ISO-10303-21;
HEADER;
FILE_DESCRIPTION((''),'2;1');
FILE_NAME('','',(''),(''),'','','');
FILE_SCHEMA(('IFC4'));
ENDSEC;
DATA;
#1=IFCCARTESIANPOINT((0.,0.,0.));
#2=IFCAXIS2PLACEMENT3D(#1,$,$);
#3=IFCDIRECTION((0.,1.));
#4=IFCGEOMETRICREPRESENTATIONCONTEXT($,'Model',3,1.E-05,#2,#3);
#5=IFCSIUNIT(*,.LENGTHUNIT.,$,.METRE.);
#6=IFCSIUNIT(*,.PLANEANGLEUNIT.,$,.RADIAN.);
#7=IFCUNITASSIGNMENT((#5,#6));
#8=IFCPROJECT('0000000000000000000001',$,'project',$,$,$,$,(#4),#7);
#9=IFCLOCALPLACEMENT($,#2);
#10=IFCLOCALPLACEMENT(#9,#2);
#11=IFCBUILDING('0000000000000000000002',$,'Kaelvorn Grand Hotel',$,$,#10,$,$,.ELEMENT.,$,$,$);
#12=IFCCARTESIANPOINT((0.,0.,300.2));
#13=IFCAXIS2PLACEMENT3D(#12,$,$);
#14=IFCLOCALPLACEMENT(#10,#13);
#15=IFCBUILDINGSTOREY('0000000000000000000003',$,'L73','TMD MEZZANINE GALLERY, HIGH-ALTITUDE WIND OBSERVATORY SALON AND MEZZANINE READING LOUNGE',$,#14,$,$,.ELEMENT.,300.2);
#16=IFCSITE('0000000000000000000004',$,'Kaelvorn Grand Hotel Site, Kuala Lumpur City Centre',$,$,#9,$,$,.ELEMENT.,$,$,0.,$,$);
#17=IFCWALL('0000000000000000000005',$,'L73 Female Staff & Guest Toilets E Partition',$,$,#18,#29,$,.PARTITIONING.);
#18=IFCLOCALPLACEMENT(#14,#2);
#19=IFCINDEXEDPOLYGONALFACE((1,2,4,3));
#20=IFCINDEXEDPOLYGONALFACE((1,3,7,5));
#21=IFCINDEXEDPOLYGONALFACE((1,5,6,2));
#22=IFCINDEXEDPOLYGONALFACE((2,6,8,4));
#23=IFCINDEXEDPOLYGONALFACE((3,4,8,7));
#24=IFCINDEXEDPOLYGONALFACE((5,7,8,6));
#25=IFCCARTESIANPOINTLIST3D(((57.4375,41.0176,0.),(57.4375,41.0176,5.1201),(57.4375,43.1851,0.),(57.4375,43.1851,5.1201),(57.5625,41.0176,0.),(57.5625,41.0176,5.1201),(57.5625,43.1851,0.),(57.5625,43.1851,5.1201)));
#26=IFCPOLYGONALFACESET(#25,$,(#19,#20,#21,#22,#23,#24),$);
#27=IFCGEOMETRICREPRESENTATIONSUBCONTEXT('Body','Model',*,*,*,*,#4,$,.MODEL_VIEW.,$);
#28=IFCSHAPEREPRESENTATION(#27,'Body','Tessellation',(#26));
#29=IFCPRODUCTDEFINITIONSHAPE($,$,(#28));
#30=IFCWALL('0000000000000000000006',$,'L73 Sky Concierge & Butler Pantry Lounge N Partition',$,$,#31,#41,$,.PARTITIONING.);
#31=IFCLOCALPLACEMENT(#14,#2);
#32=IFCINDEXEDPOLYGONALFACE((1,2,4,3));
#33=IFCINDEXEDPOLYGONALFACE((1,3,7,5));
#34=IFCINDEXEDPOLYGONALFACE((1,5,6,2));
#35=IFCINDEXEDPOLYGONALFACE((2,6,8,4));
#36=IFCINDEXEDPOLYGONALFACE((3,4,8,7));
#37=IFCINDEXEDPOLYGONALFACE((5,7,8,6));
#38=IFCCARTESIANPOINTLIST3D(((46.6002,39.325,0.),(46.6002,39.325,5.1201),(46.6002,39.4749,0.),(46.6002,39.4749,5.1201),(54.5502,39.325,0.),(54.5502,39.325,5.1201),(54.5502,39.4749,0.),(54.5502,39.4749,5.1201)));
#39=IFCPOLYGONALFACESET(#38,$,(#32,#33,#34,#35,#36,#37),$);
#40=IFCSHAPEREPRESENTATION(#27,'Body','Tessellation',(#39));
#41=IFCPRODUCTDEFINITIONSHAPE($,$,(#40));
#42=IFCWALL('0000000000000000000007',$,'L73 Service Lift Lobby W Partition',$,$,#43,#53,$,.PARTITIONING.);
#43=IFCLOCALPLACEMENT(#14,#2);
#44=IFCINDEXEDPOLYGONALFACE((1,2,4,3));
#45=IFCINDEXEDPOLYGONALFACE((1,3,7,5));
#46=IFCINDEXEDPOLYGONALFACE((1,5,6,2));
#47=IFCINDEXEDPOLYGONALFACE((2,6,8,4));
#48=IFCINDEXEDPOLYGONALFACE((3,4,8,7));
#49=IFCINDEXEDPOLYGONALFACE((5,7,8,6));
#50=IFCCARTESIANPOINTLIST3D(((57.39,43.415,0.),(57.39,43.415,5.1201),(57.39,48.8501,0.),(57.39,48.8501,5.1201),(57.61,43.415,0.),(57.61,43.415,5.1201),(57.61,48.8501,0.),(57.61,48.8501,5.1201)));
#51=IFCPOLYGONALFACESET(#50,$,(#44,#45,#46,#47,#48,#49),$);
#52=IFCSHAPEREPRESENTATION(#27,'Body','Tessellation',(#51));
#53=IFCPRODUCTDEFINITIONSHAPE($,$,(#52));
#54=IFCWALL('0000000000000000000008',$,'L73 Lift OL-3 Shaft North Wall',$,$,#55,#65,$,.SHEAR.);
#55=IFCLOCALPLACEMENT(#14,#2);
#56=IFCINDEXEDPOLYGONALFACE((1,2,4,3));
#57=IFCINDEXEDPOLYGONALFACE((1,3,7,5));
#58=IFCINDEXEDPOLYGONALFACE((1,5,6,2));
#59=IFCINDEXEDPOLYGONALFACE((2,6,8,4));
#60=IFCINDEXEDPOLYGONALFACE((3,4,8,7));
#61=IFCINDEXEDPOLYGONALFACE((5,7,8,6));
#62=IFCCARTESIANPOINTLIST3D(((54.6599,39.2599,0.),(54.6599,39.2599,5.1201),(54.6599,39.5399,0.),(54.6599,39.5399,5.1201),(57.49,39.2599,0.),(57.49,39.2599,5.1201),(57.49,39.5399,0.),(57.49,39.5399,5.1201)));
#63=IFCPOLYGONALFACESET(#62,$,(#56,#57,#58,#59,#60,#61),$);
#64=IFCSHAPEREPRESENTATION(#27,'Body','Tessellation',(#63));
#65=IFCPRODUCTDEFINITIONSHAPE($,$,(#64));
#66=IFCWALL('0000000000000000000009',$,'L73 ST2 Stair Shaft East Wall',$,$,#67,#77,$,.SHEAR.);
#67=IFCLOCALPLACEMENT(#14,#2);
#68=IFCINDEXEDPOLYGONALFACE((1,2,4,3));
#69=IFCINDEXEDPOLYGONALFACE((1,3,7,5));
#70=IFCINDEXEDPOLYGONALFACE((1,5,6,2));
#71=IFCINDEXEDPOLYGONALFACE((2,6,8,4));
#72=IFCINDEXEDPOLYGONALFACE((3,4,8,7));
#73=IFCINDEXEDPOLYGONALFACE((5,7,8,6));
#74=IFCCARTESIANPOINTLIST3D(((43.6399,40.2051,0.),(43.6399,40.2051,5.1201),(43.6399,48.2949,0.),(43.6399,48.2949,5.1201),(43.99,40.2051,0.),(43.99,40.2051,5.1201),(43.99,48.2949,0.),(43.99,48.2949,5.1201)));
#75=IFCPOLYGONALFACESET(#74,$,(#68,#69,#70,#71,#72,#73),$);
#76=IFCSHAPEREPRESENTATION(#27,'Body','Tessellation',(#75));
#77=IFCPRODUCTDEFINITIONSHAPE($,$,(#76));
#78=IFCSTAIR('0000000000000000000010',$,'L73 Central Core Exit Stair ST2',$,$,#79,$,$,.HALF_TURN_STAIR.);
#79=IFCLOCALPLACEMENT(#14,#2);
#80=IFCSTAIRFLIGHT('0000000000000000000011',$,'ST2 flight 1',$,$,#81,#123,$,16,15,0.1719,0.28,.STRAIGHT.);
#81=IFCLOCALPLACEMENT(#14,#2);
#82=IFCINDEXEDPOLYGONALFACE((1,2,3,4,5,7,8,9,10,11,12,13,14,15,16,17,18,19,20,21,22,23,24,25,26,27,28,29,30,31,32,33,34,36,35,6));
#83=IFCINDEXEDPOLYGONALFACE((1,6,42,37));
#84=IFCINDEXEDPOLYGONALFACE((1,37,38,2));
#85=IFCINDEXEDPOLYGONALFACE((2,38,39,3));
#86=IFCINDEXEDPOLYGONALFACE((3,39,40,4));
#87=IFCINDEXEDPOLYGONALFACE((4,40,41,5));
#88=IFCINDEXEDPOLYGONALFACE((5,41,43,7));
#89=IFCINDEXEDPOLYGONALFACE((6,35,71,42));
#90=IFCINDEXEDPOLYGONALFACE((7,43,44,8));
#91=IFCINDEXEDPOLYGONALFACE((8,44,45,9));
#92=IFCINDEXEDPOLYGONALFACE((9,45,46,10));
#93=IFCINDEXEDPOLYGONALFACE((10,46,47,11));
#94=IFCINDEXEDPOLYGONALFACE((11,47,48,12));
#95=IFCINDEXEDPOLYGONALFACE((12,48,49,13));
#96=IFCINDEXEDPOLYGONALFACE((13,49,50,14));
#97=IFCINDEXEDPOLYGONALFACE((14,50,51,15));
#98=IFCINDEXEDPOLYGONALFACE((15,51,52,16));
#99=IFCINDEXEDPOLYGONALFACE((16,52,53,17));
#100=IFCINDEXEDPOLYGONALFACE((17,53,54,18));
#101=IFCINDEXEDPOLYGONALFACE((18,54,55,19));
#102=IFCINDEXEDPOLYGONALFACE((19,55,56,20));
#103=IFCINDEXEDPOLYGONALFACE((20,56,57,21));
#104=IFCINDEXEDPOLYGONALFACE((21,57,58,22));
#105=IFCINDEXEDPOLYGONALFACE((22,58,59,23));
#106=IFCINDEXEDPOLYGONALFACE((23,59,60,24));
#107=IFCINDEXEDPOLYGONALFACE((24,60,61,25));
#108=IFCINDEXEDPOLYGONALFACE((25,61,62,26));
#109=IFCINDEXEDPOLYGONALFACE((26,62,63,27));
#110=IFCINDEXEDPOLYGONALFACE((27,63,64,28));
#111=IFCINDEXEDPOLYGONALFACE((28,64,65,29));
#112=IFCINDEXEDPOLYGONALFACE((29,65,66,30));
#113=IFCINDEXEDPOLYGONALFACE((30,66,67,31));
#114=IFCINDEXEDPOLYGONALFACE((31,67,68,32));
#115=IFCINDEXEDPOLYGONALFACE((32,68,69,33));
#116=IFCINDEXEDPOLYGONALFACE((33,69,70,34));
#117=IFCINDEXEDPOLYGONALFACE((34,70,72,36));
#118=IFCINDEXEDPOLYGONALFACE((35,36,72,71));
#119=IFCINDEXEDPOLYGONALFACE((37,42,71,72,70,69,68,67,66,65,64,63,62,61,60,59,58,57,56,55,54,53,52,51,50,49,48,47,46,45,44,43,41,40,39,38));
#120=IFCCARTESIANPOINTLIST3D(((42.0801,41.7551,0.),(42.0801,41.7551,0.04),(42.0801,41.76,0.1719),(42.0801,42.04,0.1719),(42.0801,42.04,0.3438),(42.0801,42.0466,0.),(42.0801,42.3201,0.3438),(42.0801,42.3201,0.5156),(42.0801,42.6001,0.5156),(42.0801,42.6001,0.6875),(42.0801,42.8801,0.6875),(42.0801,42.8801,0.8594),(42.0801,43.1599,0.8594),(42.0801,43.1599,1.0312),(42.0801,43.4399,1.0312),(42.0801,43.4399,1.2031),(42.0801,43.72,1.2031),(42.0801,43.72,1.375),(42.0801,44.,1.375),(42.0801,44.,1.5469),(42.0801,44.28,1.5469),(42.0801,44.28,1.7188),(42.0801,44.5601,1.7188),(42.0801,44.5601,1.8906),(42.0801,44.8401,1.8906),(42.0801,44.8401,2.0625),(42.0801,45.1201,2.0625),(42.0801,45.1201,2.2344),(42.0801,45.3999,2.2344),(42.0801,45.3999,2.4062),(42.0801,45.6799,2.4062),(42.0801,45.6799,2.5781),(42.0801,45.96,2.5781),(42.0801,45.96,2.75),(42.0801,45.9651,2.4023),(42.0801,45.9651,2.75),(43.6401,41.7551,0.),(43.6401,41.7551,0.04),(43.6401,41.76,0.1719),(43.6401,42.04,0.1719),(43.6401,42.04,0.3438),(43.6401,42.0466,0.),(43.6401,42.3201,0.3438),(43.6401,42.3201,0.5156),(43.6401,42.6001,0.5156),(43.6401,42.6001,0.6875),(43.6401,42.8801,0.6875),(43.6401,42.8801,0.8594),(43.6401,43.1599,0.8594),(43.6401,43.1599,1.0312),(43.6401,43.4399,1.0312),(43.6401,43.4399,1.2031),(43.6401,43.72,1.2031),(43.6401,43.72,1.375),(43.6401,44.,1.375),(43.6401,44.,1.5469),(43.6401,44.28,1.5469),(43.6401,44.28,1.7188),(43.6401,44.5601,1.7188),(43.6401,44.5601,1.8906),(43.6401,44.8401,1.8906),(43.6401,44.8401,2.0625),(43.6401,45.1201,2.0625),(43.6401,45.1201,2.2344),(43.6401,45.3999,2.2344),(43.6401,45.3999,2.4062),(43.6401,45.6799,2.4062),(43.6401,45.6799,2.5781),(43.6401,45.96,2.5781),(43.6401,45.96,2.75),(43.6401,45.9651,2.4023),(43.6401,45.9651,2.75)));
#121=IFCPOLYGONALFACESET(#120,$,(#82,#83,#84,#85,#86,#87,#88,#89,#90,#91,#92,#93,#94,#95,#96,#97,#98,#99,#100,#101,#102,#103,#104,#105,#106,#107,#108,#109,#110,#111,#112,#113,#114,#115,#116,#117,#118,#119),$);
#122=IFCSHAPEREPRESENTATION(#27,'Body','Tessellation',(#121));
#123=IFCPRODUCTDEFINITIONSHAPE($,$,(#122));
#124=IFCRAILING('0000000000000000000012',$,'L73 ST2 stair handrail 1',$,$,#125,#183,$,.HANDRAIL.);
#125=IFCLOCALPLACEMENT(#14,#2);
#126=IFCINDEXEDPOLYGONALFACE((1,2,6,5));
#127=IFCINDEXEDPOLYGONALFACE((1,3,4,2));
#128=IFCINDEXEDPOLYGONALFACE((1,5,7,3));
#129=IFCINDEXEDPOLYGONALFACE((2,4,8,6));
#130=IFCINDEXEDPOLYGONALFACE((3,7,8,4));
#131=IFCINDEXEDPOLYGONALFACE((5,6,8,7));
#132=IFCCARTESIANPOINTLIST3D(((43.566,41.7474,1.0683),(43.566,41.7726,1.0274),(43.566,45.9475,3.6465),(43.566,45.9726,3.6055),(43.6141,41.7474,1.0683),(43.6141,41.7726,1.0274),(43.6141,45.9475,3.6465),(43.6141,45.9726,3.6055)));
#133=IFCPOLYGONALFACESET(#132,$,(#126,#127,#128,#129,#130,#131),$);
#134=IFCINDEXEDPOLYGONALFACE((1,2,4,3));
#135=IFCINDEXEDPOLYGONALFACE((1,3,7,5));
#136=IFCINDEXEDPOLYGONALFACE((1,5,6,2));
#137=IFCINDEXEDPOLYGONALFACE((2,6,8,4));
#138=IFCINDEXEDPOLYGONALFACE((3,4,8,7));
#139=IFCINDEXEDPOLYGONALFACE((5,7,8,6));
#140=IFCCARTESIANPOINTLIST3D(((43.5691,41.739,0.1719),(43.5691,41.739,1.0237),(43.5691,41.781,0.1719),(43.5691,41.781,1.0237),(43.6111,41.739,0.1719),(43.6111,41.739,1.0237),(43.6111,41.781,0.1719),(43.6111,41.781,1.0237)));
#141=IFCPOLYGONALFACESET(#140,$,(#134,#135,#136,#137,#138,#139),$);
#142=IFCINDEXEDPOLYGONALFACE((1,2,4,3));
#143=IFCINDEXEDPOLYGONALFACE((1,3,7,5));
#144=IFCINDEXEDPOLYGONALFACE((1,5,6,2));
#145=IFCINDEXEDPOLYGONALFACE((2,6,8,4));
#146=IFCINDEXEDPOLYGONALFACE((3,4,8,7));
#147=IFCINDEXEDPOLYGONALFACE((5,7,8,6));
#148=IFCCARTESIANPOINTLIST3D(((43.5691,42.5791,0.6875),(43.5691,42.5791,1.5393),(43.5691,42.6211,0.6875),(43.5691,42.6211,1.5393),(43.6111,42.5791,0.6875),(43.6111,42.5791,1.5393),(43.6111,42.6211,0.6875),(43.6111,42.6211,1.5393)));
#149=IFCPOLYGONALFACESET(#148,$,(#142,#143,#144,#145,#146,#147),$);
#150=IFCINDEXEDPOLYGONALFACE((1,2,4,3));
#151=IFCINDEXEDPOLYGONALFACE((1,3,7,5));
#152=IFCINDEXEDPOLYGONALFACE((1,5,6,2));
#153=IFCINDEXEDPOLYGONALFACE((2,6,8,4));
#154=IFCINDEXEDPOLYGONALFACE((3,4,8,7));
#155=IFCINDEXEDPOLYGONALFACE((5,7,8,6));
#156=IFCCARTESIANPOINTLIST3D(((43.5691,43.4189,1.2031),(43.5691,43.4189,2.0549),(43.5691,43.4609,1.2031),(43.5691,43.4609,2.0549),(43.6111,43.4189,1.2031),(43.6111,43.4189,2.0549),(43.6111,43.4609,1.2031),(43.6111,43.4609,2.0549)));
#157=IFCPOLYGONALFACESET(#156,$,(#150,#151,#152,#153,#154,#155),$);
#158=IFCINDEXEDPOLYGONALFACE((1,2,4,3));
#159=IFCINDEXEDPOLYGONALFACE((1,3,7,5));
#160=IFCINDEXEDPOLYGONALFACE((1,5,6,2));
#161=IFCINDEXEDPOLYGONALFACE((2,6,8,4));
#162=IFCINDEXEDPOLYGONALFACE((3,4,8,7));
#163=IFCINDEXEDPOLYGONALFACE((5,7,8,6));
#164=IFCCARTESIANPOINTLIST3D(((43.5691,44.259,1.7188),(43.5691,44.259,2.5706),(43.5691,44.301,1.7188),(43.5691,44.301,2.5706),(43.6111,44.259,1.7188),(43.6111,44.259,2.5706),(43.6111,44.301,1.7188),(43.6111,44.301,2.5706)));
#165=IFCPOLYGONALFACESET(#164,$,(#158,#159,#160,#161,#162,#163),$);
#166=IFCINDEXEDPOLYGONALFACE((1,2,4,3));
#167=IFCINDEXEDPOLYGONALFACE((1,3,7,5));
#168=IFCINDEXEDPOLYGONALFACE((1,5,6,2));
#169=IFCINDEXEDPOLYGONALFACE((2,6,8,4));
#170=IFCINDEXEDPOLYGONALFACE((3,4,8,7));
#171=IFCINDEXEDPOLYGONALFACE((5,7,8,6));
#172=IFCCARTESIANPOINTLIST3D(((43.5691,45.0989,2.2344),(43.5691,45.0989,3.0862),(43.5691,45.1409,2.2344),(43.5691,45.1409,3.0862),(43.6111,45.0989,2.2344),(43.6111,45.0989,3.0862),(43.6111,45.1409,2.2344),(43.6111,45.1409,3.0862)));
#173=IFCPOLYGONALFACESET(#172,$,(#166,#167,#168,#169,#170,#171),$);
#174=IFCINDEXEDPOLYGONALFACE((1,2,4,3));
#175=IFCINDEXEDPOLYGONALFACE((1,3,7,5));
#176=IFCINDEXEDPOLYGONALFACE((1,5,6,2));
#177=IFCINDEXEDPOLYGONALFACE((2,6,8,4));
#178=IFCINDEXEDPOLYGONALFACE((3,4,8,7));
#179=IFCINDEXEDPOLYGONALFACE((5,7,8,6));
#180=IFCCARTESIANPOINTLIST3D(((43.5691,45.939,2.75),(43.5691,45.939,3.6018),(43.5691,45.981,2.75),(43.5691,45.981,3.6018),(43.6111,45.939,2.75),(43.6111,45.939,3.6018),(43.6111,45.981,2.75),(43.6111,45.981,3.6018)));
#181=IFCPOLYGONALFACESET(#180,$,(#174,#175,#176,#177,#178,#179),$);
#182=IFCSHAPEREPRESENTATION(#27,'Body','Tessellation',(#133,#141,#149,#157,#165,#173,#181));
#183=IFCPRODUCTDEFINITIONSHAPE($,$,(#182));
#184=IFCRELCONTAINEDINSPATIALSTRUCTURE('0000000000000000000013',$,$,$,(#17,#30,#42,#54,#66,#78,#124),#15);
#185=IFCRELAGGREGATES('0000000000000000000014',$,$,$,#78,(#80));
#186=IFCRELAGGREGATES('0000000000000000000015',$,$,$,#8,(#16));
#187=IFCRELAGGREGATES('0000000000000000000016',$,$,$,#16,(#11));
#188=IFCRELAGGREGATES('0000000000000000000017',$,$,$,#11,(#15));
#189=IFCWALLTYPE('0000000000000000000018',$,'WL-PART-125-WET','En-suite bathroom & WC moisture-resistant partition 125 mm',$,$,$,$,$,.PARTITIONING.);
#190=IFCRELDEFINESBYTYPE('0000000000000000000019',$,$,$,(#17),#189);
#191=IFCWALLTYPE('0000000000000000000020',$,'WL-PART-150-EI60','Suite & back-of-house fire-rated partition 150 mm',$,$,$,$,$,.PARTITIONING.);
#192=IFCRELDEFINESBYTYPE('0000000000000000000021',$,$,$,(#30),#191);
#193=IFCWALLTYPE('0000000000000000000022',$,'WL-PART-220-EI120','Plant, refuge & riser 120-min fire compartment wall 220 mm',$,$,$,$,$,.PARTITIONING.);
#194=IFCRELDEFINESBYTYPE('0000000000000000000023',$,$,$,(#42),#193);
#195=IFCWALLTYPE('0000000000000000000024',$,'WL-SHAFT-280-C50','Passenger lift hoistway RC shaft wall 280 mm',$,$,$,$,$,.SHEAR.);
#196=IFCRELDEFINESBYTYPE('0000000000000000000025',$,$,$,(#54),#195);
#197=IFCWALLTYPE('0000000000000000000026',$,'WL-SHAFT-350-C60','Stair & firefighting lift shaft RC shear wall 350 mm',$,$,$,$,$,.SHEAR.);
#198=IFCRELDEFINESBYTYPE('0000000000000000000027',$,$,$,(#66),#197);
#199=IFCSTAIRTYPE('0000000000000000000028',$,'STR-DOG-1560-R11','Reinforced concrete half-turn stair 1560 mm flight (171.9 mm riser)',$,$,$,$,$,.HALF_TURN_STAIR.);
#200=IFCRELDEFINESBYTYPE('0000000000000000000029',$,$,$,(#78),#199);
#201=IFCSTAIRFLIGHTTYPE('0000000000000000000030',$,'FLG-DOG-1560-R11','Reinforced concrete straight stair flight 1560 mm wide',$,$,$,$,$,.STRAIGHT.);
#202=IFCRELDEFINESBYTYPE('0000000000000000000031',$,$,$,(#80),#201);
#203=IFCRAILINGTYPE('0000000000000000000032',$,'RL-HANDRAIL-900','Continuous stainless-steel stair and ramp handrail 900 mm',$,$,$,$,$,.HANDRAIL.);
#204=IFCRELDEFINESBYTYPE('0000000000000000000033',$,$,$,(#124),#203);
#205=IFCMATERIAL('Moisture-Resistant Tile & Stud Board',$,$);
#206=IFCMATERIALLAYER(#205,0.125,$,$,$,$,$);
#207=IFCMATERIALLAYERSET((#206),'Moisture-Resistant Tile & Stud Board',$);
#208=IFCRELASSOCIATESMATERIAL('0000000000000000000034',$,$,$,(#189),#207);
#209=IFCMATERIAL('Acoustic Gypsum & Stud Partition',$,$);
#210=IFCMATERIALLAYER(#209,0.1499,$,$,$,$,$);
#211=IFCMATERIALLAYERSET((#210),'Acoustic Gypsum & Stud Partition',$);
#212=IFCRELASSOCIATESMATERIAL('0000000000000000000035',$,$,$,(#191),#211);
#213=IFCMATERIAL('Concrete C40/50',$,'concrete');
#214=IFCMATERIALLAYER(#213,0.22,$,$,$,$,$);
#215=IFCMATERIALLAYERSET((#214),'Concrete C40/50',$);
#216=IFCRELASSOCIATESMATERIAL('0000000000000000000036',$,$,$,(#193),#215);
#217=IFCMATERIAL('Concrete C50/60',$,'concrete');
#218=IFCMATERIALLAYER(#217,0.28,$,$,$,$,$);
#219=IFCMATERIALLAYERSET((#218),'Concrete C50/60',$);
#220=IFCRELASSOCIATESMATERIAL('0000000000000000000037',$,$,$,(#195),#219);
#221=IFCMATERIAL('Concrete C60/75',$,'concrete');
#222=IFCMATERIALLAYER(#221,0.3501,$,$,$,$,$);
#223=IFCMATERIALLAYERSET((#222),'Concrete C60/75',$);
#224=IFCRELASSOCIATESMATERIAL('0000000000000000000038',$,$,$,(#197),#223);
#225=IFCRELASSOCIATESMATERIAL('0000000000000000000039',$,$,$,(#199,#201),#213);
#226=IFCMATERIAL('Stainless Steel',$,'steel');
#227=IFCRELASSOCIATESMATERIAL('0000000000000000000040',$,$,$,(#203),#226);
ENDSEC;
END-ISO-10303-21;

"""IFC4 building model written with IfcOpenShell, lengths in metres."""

from ifc_helpers import new_model, si_unit, direction, frame, frame_2d, origin, origin_2d, place, context, subcontext, project, spatial, polyline, rectangle, outline, extrude, material, layer, layer_set, type_object, element, aggregate, save


model = new_model("IFC4")

# Units and contexts
model_context = context("Model", 3, precision=1e-05, world=origin(), true_north=direction((0.0, 1.0)))
body_context = subcontext(model_context, "Body", "Model", "MODEL_VIEW")
ifc_project = project(units=[si_unit("LENGTHUNIT", "METRE"), si_unit("PLANEANGLEUNIT", "RADIAN")], contexts=[model_context])

# Site, building, storey
site_placement = place(None, origin())
site = spatial("IfcSite", under=ifc_project, at=site_placement, Name="Kaelvorn Grand Hotel Site, Kuala Lumpur City Centre", CompositionType="ELEMENT", RefElevation=0.0)
building_placement = place(site_placement, origin())
building = spatial("IfcBuilding", under=site, at=building_placement, Name="Kaelvorn Grand Hotel", CompositionType="ELEMENT")
storey_placement = place(building_placement, frame((0.0, 0.0, 300.2)))
storey = spatial("IfcBuildingStorey", under=building, at=storey_placement, Name="L73", Description="TMD MEZZANINE GALLERY, HIGH-ALTITUDE WIND OBSERVATORY SALON AND MEZZANINE READING LOUNGE", CompositionType="ELEMENT", Elevation=300.2)

# Shared definitions
ifc_material_1 = material(Name="Concrete C50/60", Category="concrete")

# Shared definitions
ifc_material_2 = material(Name="Moisture-Resistant Tile & Stud Board")
ifc_layer_1 = layer(ifc_material_2, 0.125)
ifc_layer_set_1 = layer_set([ifc_layer_1], Name="Moisture-Resistant Tile & Stud Board")
wall_type_1 = type_object("IfcWallType", Name="WL-PART-125-WET", Description="En-suite bathroom & WC moisture-resistant partition 125 mm", PredefinedType="PARTITIONING", material=ifc_layer_set_1)

# Walls
wall_1_placement = place(storey_placement, frame((57.5, 41.0176, 0.0), z_axis=(0.0, 0.0, 1.0), x_axis=(0.0, 1.0, 0.0)))
element("IfcWall", 1, at=wall_1_placement, inside=storey, type_object=wall_type_1, Name="L73 Female Staff & Guest Toilets E Partition", PredefinedType="PARTITIONING", context=body_context, shape_type="SweptSolid", body=[
    extrude(rectangle(XDim=2.1675, YDim=0.125, at=frame_2d((1.0837, 0.0))), origin(), (0.0, 0.0, 1.0), 5.1201),
])
ifc_material_3 = material(Name="Acoustic Gypsum & Stud Partition")
ifc_layer_2 = layer(ifc_material_3, 0.1499)
ifc_layer_set_2 = layer_set([ifc_layer_2], Name="Acoustic Gypsum & Stud Partition")
wall_type_2 = type_object("IfcWallType", Name="WL-PART-150-EI60", Description="Suite & back-of-house fire-rated partition 150 mm", PredefinedType="PARTITIONING", material=ifc_layer_set_2)
wall_2_placement = place(storey_placement, frame((46.6001, 39.3999, 0.0), z_axis=(0.0, 0.0, 1.0), x_axis=(1.0, 0.0, 0.0)))
element("IfcWall", 2, at=wall_2_placement, inside=storey, type_object=wall_type_2, Name="L73 Sky Concierge & Butler Pantry Lounge N Partition", PredefinedType="PARTITIONING", context=body_context, shape_type="SweptSolid", body=[
    extrude(rectangle(XDim=7.95, YDim=0.1499, at=frame_2d((3.9751, 0.0))), origin(), (0.0, 0.0, 1.0), 5.1201),
])

# Shared definitions
ifc_material_4 = material(Name="Concrete C40/50", Category="concrete")
ifc_layer_3 = layer(ifc_material_4, 0.22)
ifc_layer_set_3 = layer_set([ifc_layer_3], Name="Concrete C40/50")
wall_type_3 = type_object("IfcWallType", Name="WL-PART-220-EI120", Description="Plant, refuge & riser 120-min fire compartment wall 220 mm", PredefinedType="PARTITIONING", material=ifc_layer_set_3)

# Walls
wall_3_placement = place(storey_placement, frame((57.5, 43.415, 0.0), z_axis=(0.0, 0.0, 1.0), x_axis=(0.0, 1.0, 0.0)))
element("IfcWall", 3, at=wall_3_placement, inside=storey, type_object=wall_type_3, Name="L73 Service Lift Lobby W Partition", PredefinedType="PARTITIONING", context=body_context, shape_type="SweptSolid", body=[
    extrude(rectangle(XDim=5.4351, YDim=0.22, at=frame_2d((2.7175, 0.0))), origin(), (0.0, 0.0, 1.0), 5.1201),
])
ifc_layer_4 = layer(ifc_material_1, 0.28)
ifc_layer_set_4 = layer_set([ifc_layer_4], Name="Concrete C50/60")
wall_type_4 = type_object("IfcWallType", Name="WL-SHAFT-280-C50", Description="Passenger lift hoistway RC shaft wall 280 mm", PredefinedType="SHEAR", material=ifc_layer_set_4)
wall_4_placement = place(storey_placement, frame((54.6599, 39.3999, 0.0), z_axis=(0.0, 0.0, 1.0), x_axis=(1.0, 0.0, 0.0)))
element("IfcWall", 4, at=wall_4_placement, inside=storey, type_object=wall_type_4, Name="L73 Lift OL-3 Shaft North Wall", PredefinedType="SHEAR", context=body_context, shape_type="SweptSolid", body=[
    extrude(rectangle(XDim=2.8301, YDim=0.28, at=frame_2d((1.415, 0.0))), origin(), (0.0, 0.0, 1.0), 5.1201),
])
ifc_material_5 = material(Name="Concrete C60/75", Category="concrete")
ifc_layer_5 = layer(ifc_material_5, 0.3501)
ifc_layer_set_5 = layer_set([ifc_layer_5], Name="Concrete C60/75")
wall_type_5 = type_object("IfcWallType", Name="WL-SHAFT-350-C60", Description="Stair & firefighting lift shaft RC shear wall 350 mm", PredefinedType="SHEAR", material=ifc_layer_set_5)
wall_5_placement = place(storey_placement, frame((43.8149, 40.2051, 0.0), z_axis=(0.0, 0.0, 1.0), x_axis=(0.0, 1.0, 0.0)))
element("IfcWall", 5, at=wall_5_placement, inside=storey, type_object=wall_type_5, Name="L73 ST2 Stair Shaft East Wall", PredefinedType="SHEAR", context=body_context, shape_type="SweptSolid", body=[
    extrude(rectangle(XDim=8.0898, YDim=0.3501, at=frame_2d((4.0449, 0.0))), origin(), (0.0, 0.0, 1.0), 5.1201),
])

# Stair, stair flight
stair_type = type_object("IfcStairType", Name="STR-DOG-1560-R11", Description="Reinforced concrete half-turn stair 1560 mm flight (171.9 mm riser)", PredefinedType="HALF_TURN_STAIR", material=ifc_material_4)
stair_placement = place(storey_placement, origin())
stair = element("IfcStair", 6, at=stair_placement, inside=storey, type_object=stair_type, Name="L73 Central Core Exit Stair ST2", PredefinedType="HALF_TURN_STAIR")
stair_flight_type = type_object("IfcStairFlightType", Name="FLG-DOG-1560-R11", Description="Reinforced concrete straight stair flight 1560 mm wide", PredefinedType="STRAIGHT", material=ifc_material_4)
stair_flight_placement = place(storey_placement, frame((42.8601, 41.76, 0.0), z_axis=(0.0, 0.0, 1.0), x_axis=(0.0, 1.0, 0.0)))
stair_flight = element("IfcStairFlight", 7, at=stair_flight_placement, type_object=stair_flight_type, Name="ST2 flight 1", NumberOfRisers=16, NumberOfTreads=15, PredefinedType="STRAIGHT", RiserHeight=0.1719, TreadLength=0.28, context=body_context, shape_type="SweptSolid", body=[
    extrude(outline(polyline([(-0.0049, 0.0), (-0.0049, 0.04), (0.0, 0.1719), (0.28, 0.1719), (0.28, 0.3438), (0.5601, 0.3438), (0.5601, 0.5156), (0.8401, 0.5156), (0.8401, 0.6875), (1.1201, 0.6875), (1.1201, 0.8594), (1.3999, 0.8594), (1.3999, 1.0312), (1.6799, 1.0312), (1.6799, 1.2031), (1.96, 1.2031), (1.96, 1.375), (2.24, 1.375), (2.24, 1.5469), (2.52, 1.5469), (2.52, 1.7188), (2.8, 1.7188), (2.8, 1.8906), (3.0801, 1.8906), (3.0801, 2.0625), (3.3601, 2.0625), (3.3601, 2.2344), (3.6399, 2.2344), (3.6399, 2.4062), (3.9199, 2.4062), (3.9199, 2.5781), (4.2, 2.5781), (4.2, 2.75), (4.2051, 2.75), (4.2051, 2.4023), (0.2866, 0.0), (-0.0049, 0.0)])), frame((0.0, 0.78, 0.0), z_axis=(0.0, -1.0, 0.0), x_axis=(1.0, 0.0, 0.0)), (0.0, 0.0, 1.0), 1.5601),
])
aggregate(stair, [stair_flight])

# Railing
ifc_material_6 = material(Name="Stainless Steel", Category="steel")
railing_type_1 = type_object("IfcRailingType", Name="RL-HANDRAIL-900", Description="Continuous stainless-steel stair and ramp handrail 900 mm", PredefinedType="HANDRAIL", material=ifc_material_6)
railing_1_placement = place(storey_placement, frame((43.5901, 41.76, 0.1719)))
element("IfcRailing", 8, at=railing_1_placement, inside=storey, type_object=railing_type_1, Name="L73 ST2 stair handrail 1", PredefinedType="HANDRAIL", context=body_context, shape_type="SweptSolid", body=[
    extrude(rectangle(XDim=0.0481, YDim=0.0481, at=origin_2d()), frame((0.0, 0.0, 0.876), z_axis=(0.0, 0.852243, 0.523146), x_axis=(-1.0, 0.0, 0.0)), (0.0, 0.0, 1.0), 4.9282),
    extrude(rectangle(XDim=0.042, YDim=0.042, at=origin_2d()), origin(), (0.0, 0.0, 1.0), 0.8518),
    extrude(rectangle(XDim=0.042, YDim=0.042, at=origin_2d()), frame((0.0, 0.8401, 0.5156)), (0.0, 0.0, 1.0), 0.8518),
    extrude(rectangle(XDim=0.042, YDim=0.042, at=origin_2d()), frame((0.0, 1.6799, 1.0312)), (0.0, 0.0, 1.0), 0.8518),
    extrude(rectangle(XDim=0.042, YDim=0.042, at=origin_2d()), frame((0.0, 2.52, 1.5469)), (0.0, 0.0, 1.0), 0.8518),
    extrude(rectangle(XDim=0.042, YDim=0.042, at=origin_2d()), frame((0.0, 3.3599, 2.0625)), (0.0, 0.0, 1.0), 0.8518),
    extrude(rectangle(XDim=0.042, YDim=0.042, at=origin_2d()), frame((0.0, 4.2, 2.5781)), (0.0, 0.0, 1.0), 0.8518),
])

save(model, "model.ifc")
